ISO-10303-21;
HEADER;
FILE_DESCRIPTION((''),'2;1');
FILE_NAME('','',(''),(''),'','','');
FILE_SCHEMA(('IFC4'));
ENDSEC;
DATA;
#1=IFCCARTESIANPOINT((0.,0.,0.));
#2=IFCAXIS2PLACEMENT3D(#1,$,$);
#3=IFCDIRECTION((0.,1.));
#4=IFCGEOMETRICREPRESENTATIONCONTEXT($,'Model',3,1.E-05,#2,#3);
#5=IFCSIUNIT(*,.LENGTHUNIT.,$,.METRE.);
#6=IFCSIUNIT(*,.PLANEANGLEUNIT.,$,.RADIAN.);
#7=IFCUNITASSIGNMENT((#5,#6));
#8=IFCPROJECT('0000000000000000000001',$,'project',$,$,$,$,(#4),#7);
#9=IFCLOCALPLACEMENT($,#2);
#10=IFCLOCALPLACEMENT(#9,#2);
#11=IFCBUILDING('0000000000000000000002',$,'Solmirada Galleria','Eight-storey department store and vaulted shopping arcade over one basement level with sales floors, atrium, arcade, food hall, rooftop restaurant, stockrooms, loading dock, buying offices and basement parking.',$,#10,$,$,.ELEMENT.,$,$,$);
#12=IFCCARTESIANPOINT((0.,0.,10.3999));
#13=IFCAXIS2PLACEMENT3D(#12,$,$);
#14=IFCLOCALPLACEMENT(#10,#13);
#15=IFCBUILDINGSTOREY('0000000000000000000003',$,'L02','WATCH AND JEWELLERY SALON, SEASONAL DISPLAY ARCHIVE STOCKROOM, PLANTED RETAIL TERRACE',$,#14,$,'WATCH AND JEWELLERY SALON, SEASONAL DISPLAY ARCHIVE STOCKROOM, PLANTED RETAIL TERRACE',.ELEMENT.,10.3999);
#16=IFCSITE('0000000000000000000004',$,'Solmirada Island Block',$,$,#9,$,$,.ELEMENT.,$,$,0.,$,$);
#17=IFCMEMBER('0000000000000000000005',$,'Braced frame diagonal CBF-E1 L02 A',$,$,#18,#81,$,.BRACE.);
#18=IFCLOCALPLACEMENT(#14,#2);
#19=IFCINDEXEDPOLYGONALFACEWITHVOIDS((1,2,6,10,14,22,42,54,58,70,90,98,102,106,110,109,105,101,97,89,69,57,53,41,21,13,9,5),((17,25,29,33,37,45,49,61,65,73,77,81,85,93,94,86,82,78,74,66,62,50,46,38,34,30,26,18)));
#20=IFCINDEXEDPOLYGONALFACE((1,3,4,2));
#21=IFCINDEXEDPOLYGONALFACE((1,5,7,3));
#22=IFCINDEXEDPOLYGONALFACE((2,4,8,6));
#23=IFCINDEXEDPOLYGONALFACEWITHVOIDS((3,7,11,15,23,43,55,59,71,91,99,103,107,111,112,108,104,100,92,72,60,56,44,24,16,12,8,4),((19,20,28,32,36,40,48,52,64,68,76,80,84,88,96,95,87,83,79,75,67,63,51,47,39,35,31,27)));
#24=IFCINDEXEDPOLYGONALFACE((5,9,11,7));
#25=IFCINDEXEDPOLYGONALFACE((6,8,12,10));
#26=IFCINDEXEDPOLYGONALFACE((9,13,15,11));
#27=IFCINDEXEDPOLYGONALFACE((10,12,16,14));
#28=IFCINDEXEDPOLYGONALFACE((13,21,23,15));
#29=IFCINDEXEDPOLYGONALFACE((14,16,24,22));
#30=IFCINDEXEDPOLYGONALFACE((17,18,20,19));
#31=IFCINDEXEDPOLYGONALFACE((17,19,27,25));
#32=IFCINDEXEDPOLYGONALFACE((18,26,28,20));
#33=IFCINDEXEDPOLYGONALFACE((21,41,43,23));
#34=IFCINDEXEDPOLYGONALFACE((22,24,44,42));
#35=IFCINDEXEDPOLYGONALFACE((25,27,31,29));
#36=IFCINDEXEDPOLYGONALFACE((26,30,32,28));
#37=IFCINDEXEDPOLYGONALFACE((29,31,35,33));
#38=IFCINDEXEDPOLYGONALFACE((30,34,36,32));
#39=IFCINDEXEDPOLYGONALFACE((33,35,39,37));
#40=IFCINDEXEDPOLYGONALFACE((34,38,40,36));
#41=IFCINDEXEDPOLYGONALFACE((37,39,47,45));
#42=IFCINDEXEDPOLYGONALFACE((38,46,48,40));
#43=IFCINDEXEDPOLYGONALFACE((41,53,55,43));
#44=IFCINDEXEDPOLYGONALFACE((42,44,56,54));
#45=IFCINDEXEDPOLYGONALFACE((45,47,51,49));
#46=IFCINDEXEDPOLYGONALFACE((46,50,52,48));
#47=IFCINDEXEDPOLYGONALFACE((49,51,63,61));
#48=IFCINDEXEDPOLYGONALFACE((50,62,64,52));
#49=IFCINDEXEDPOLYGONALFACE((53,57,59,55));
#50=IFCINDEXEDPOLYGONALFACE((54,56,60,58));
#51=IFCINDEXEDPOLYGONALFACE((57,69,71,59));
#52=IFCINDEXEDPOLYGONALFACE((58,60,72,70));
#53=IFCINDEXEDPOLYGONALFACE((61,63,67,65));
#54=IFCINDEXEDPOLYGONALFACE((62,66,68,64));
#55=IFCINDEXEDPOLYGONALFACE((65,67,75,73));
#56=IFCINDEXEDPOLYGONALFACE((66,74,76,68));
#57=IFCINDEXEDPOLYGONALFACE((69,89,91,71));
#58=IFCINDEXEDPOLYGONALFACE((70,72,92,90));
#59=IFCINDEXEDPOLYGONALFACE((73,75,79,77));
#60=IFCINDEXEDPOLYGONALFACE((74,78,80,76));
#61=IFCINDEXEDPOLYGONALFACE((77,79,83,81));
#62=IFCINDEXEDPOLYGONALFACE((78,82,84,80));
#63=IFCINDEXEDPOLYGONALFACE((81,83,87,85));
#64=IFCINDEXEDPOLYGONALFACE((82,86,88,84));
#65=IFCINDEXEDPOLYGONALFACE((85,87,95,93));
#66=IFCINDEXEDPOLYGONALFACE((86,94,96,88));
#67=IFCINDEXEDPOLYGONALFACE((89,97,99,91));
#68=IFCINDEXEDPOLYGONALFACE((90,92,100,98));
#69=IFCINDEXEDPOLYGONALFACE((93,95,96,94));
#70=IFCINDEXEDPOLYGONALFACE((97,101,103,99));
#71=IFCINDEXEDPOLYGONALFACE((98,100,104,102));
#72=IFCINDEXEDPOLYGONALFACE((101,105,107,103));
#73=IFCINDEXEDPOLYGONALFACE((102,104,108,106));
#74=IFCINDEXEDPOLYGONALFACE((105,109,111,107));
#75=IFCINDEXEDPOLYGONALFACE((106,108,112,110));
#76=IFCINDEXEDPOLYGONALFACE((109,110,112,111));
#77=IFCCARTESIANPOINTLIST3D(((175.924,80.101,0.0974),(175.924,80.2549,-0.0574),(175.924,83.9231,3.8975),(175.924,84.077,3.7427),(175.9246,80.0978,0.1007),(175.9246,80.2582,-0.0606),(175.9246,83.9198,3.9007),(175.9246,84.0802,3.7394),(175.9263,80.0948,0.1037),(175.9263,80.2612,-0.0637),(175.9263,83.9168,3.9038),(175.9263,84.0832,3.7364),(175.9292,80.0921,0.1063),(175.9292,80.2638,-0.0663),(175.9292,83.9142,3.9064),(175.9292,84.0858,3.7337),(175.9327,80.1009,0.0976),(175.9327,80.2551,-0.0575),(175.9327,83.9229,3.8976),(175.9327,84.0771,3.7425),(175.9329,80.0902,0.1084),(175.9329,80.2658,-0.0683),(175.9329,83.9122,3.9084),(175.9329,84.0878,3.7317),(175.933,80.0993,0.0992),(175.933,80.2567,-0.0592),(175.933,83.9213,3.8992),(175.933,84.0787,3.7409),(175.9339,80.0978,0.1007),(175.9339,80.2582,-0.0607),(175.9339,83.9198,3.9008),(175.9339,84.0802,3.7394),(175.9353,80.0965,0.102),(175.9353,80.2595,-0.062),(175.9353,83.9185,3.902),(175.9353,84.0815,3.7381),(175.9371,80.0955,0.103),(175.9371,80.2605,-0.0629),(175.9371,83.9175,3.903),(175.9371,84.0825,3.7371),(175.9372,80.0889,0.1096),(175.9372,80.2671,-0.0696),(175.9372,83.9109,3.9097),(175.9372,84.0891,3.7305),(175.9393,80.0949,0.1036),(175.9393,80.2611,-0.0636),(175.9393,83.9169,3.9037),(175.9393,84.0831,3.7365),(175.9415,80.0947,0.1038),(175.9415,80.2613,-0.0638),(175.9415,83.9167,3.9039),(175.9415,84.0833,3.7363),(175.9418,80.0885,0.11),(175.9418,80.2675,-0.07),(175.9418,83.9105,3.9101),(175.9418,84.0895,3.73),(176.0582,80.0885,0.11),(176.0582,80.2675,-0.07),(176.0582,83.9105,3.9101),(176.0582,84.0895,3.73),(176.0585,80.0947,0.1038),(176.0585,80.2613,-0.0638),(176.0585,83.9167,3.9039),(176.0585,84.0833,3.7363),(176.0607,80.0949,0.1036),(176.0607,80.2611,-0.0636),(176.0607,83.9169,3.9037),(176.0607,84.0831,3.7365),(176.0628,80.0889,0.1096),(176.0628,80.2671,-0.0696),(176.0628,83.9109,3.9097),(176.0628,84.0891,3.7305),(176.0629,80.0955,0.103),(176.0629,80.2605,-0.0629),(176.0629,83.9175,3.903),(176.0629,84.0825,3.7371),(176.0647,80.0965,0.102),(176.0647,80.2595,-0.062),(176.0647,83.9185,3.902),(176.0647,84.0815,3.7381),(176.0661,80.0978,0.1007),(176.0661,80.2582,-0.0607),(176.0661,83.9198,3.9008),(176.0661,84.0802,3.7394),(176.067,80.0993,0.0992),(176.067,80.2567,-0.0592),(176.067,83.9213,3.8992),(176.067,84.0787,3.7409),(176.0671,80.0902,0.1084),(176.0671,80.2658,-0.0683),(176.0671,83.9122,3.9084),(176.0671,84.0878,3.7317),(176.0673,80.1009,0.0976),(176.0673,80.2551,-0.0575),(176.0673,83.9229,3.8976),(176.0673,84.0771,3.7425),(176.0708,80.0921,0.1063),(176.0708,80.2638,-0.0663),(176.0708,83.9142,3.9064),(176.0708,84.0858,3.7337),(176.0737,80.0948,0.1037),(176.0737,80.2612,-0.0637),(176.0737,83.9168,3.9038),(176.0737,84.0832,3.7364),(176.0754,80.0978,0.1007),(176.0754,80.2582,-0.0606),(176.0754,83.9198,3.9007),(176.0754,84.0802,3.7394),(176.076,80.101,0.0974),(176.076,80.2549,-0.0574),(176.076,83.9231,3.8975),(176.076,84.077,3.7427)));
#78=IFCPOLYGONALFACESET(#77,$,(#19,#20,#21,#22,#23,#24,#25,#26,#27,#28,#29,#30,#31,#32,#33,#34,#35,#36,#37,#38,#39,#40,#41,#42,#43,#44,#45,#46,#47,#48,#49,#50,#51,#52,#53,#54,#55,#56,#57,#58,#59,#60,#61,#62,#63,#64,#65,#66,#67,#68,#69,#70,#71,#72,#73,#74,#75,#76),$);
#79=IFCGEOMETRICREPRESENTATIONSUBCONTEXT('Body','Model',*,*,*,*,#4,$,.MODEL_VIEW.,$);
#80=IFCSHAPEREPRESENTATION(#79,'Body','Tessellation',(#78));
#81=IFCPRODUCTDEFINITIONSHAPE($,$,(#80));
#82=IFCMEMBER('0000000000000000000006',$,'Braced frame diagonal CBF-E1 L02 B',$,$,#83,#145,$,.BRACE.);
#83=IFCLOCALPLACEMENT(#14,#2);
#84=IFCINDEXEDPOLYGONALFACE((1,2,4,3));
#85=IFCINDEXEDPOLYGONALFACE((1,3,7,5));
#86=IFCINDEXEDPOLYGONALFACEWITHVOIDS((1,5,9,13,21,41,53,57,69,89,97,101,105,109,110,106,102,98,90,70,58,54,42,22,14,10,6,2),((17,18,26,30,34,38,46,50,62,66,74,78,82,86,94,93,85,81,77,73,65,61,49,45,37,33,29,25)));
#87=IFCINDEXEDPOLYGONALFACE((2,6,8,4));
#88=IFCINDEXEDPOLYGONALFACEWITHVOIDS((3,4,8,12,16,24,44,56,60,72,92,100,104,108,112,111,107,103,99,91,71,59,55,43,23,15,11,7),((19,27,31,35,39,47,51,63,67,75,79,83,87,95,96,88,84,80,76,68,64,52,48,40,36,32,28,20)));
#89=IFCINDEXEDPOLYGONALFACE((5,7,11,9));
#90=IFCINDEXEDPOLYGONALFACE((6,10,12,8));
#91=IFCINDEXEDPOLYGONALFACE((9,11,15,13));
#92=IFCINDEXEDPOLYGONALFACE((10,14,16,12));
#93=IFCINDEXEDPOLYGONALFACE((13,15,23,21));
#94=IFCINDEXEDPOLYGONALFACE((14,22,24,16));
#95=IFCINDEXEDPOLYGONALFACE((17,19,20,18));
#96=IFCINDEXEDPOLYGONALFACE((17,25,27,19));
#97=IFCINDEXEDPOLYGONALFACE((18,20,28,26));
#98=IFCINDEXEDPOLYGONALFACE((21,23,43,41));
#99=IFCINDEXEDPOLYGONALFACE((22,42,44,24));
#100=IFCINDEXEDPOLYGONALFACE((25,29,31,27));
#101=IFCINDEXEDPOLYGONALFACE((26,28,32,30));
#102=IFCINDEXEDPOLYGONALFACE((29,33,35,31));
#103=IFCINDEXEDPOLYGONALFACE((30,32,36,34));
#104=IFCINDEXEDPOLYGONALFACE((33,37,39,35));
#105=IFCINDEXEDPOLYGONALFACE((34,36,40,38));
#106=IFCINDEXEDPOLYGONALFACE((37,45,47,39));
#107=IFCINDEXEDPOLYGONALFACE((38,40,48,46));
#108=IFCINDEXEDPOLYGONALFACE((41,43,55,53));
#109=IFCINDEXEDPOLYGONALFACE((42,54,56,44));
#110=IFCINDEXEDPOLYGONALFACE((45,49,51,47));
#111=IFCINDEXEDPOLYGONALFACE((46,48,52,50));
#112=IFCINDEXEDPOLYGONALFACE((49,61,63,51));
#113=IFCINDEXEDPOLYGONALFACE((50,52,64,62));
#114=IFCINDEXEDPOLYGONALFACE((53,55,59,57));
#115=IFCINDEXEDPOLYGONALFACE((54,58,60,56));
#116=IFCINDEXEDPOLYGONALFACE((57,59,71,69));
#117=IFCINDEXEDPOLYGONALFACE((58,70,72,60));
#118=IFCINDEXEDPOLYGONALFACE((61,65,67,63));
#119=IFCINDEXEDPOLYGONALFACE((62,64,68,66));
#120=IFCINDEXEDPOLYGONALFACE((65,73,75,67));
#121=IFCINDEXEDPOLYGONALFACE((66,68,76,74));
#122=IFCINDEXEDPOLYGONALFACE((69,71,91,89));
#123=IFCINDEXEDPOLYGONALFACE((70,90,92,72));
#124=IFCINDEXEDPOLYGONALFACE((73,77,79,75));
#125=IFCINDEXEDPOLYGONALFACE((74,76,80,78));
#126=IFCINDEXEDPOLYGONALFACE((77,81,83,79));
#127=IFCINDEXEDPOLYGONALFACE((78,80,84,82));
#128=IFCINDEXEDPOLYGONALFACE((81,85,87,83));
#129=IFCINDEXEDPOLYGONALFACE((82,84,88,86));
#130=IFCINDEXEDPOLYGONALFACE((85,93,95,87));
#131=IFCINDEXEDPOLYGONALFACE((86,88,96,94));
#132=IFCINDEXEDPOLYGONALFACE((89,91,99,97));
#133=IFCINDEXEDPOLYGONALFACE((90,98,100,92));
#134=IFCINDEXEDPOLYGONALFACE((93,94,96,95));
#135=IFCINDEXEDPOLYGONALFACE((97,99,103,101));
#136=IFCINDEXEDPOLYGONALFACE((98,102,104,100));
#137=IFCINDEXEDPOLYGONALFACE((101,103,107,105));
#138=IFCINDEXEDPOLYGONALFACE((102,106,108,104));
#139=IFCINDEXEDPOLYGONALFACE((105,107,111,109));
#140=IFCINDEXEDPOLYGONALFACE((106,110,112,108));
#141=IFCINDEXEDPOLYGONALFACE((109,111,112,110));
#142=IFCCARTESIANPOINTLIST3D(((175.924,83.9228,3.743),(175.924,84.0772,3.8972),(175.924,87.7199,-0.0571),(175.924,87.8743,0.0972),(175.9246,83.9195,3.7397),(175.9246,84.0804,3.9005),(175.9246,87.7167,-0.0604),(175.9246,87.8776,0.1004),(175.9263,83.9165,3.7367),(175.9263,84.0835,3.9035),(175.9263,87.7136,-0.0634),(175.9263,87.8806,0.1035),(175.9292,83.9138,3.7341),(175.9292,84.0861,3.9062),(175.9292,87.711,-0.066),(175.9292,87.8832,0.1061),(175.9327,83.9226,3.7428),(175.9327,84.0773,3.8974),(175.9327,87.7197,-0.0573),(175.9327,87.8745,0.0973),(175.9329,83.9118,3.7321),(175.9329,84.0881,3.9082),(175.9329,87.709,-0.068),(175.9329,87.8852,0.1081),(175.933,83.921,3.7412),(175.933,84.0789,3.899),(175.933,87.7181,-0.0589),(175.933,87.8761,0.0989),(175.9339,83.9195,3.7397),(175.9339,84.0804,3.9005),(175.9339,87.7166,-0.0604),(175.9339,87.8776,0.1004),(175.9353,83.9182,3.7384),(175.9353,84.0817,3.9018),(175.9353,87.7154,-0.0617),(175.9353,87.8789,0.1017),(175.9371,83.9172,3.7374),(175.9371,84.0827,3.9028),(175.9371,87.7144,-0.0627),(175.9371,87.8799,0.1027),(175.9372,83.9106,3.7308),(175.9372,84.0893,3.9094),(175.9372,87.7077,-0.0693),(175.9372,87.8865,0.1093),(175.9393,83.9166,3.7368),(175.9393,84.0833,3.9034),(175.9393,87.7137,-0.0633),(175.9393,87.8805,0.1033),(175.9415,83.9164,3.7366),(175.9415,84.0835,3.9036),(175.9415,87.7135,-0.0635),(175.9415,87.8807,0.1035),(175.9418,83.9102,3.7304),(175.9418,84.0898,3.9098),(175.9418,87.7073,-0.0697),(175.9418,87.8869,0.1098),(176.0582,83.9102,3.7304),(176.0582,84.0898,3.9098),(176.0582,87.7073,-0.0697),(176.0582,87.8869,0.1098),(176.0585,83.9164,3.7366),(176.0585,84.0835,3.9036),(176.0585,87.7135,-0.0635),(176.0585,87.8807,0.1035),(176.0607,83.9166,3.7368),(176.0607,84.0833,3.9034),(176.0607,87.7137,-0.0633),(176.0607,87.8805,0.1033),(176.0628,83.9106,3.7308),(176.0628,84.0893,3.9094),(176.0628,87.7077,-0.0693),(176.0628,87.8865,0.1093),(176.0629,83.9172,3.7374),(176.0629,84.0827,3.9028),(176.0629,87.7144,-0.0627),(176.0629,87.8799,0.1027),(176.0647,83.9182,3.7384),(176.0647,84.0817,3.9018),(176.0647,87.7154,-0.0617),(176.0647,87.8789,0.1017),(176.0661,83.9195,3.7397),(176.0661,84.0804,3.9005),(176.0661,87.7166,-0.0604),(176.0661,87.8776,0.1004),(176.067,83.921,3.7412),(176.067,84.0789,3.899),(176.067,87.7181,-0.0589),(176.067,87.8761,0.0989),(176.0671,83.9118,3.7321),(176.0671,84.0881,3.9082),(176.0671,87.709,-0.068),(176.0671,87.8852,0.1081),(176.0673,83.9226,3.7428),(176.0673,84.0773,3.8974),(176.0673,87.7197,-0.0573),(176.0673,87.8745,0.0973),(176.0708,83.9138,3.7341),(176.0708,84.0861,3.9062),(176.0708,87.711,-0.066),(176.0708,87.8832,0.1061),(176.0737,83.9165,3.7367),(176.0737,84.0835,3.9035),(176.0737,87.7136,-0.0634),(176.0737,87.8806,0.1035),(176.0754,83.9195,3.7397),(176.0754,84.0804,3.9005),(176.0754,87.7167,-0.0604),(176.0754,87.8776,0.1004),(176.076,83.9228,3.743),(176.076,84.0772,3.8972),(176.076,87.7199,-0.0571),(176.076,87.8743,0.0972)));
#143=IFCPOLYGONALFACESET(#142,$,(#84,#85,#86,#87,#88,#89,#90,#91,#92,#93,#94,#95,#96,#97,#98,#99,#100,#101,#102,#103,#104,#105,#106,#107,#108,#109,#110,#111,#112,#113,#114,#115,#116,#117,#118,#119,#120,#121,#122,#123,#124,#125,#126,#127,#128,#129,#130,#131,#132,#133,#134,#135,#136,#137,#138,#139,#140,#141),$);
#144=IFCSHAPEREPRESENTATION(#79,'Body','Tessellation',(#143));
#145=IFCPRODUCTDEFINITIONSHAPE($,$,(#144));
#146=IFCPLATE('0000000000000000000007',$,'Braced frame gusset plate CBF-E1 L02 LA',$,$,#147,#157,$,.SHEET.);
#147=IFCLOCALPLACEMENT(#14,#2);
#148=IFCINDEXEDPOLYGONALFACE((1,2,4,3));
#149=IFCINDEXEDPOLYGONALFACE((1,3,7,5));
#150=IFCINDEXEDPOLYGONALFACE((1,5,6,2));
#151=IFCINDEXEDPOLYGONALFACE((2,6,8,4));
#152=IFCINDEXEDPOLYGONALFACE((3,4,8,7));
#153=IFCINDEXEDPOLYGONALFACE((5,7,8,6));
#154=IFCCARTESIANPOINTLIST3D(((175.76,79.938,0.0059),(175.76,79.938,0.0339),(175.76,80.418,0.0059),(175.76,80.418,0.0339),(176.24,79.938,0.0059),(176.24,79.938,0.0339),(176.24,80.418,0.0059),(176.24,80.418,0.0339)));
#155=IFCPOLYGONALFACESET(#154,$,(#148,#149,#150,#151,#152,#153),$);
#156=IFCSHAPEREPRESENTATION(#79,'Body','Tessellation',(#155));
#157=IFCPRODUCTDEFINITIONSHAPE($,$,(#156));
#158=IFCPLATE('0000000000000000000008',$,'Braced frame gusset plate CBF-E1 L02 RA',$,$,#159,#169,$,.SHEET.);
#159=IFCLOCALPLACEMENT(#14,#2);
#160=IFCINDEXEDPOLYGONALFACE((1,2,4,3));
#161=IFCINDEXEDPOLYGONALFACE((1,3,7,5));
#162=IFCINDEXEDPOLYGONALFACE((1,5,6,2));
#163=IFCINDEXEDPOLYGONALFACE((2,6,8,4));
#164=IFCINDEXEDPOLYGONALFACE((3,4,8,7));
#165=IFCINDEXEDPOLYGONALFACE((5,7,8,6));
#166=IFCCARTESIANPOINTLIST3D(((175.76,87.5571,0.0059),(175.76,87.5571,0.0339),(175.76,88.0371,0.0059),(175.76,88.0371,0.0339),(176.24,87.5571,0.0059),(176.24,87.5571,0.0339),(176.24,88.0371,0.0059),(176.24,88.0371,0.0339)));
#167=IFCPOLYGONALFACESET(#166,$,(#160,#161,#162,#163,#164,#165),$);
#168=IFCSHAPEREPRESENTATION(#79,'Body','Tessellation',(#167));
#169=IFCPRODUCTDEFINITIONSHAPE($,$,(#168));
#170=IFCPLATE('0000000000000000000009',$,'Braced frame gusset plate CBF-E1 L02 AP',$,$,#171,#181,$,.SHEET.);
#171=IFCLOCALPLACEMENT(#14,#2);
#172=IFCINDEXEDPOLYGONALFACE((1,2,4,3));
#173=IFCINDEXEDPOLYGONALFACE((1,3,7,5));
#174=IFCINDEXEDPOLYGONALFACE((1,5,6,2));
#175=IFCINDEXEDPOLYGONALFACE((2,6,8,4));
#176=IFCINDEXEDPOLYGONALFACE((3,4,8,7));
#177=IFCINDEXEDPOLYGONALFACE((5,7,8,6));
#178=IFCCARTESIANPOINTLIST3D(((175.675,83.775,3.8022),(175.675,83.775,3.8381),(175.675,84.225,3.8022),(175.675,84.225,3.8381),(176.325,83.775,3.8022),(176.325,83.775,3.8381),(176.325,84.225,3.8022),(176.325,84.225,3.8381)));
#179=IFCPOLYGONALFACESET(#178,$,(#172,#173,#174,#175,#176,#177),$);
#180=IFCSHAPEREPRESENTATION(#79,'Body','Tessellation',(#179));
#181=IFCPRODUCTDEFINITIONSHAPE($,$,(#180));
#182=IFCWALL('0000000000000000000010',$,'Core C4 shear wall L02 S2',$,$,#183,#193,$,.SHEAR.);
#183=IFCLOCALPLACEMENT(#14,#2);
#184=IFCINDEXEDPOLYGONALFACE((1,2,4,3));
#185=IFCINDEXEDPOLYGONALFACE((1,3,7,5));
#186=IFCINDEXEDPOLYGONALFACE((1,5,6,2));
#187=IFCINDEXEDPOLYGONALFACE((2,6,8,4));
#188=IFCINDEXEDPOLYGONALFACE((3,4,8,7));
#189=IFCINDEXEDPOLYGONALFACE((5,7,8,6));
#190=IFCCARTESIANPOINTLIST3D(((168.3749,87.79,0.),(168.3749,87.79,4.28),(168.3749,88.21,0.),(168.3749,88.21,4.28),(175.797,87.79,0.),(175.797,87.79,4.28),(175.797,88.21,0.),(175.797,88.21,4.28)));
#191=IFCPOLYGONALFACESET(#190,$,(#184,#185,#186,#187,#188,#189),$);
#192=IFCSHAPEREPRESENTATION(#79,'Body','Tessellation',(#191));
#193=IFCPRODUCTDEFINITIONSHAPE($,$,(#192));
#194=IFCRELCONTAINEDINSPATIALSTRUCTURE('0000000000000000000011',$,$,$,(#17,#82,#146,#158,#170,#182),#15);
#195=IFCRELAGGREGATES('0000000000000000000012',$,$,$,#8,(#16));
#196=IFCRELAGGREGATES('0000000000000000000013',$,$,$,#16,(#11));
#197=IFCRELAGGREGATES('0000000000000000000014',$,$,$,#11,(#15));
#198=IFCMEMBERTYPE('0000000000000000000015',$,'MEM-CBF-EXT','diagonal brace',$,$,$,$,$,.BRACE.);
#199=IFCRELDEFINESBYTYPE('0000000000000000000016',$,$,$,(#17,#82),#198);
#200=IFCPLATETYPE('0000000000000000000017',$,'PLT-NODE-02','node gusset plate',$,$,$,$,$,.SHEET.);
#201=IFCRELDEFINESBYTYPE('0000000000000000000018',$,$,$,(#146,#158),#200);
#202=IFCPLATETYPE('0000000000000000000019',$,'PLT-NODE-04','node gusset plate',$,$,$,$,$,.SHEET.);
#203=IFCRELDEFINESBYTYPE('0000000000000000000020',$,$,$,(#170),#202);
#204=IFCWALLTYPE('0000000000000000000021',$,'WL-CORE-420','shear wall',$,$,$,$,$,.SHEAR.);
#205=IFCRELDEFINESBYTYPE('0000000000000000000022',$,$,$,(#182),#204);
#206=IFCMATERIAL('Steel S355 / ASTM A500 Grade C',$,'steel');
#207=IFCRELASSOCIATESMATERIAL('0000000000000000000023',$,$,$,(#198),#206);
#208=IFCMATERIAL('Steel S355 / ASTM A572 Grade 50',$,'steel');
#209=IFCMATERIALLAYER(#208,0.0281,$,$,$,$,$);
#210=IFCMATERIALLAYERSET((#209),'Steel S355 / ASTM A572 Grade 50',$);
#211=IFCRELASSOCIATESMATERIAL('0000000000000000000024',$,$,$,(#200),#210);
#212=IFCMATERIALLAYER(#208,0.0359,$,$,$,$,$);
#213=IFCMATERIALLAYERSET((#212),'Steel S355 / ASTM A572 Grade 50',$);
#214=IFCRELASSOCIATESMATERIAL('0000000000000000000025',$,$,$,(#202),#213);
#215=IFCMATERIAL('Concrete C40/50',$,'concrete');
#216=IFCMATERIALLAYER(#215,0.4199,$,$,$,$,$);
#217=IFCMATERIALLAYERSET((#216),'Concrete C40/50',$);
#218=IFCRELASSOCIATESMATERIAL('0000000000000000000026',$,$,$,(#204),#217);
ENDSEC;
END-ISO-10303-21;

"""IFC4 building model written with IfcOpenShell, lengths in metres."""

from ifc_helpers import new_model, si_unit, direction, frame, frame_2d, origin, origin_2d, place, context, subcontext, project, spatial, rectangle, hollow_rectangle, extrude, material, layer, layer_set, material_profile, profile_set, type_object, element, save


model = new_model("IFC4")

# Units and contexts
model_context = context("Model", 3, precision=1e-05, world=origin(), true_north=direction((0.0, 1.0)))
body_context = subcontext(model_context, "Body", "Model", "MODEL_VIEW")
ifc_project = project(units=[si_unit("LENGTHUNIT", "METRE"), si_unit("PLANEANGLEUNIT", "RADIAN")], contexts=[model_context])

# Site, building, storey
site_placement = place(None, origin())
site = spatial("IfcSite", under=ifc_project, at=site_placement, Name="Solmirada Island Block", CompositionType="ELEMENT", RefElevation=0.0)
building_placement = place(site_placement, origin())
building = spatial("IfcBuilding", under=site, at=building_placement, Name="Solmirada Galleria", Description="Eight-storey department store and vaulted shopping arcade over one basement level with sales floors, atrium, arcade, food hall, rooftop restaurant, stockrooms, loading dock, buying offices and basement parking.", CompositionType="ELEMENT")
storey_placement = place(building_placement, frame((0.0, 0.0, 10.3999)))
storey = spatial("IfcBuildingStorey", under=building, at=storey_placement, Name="L02", Description="WATCH AND JEWELLERY SALON, SEASONAL DISPLAY ARCHIVE STOCKROOM, PLANTED RETAIL TERRACE", LongName="WATCH AND JEWELLERY SALON, SEASONAL DISPLAY ARCHIVE STOCKROOM, PLANTED RETAIL TERRACE", CompositionType="ELEMENT", Elevation=10.3999)

# Shared definitions
ifc_material_1 = material(Name="Steel S355 / ASTM A500 Grade C", Category="steel")

# Members
ifc_material_profile_1 = material_profile(ifc_material_1, hollow_rectangle(XDim=0.1521, YDim=0.2539, WallThickness=0.0088, InnerFilletRadius=0.0088, OuterFilletRadius=0.0178, at=origin_2d()), Name="HSS10X6X3/8")
ifc_profile_set_1 = profile_set([ifc_material_profile_1], Name="Steel S355 / ASTM A500 Grade C")
member_type = type_object("IfcMemberType", Name="MEM-CBF-EXT", Description="diagonal brace", PredefinedType="BRACE", material=ifc_profile_set_1)
member_1_placement = place(storey_placement, frame((176.0, 80.178, 0.02), z_axis=(0.0, 0.709142, 0.705065), x_axis=(-1.0, 0.0, 0.0)))
element("IfcMember", 1, at=member_1_placement, inside=storey, type_object=member_type, Name="Braced frame diagonal CBF-E1 L02 A", PredefinedType="BRACE", context=body_context, shape_type="SweptSolid", body=[
    extrude(hollow_rectangle(XDim=0.1521, YDim=0.2539, WallThickness=0.0088, InnerFilletRadius=0.0088, OuterFilletRadius=0.0178, at=origin_2d()), origin(), (0.0, 0.0, 1.0), 5.3896),
])
member_2_placement = place(storey_placement, frame((176.0, 87.7971, 0.02), z_axis=(0.0, -0.706834, 0.707379), x_axis=(1.0, 0.0, 0.0)))
element("IfcMember", 2, at=member_2_placement, inside=storey, type_object=member_type, Name="Braced frame diagonal CBF-E1 L02 B", PredefinedType="BRACE", context=body_context, shape_type="SweptSolid", body=[
    extrude(hollow_rectangle(XDim=0.1521, YDim=0.2539, WallThickness=0.0088, InnerFilletRadius=0.0088, OuterFilletRadius=0.0178, at=origin_2d()), origin(), (0.0, 0.0, 1.0), 5.3721),
])

# Plates
ifc_material_2 = material(Name="Steel S355 / ASTM A572 Grade 50", Category="steel")
ifc_layer_1 = layer(ifc_material_2, 0.0281)
ifc_layer_set_1 = layer_set([ifc_layer_1], Name="Steel S355 / ASTM A572 Grade 50")
plate_type_1 = type_object("IfcPlateType", Name="PLT-NODE-02", Description="node gusset plate", PredefinedType="SHEET", material=ifc_layer_set_1)
for number, where, z_axis, x_axis, name in (
    (3, (176.0, 80.178, 0.0059), (0.0, 0.0, 1.0), (1.0, 0.0, 0.0), "Braced frame gusset plate CBF-E1 L02 LA"),
    (4, (176.0, 87.7971, 0.0059), (0.0, 0.0, 1.0), (1.0, 0.0, 0.0), "Braced frame gusset plate CBF-E1 L02 RA"),
):
    element("IfcPlate", number, at=place(storey_placement, frame(where, z_axis=z_axis, x_axis=x_axis)), inside=storey, type_object=plate_type_1, Name=name, PredefinedType="SHEET", context=body_context, shape_type="SweptSolid", body=[
        extrude(rectangle(XDim=0.48, YDim=0.48, at=origin_2d()), origin(), (0.0, 0.0, 1.0), 0.0281),
    ])
ifc_layer_2 = layer(ifc_material_2, 0.0359)
ifc_layer_set_2 = layer_set([ifc_layer_2], Name="Steel S355 / ASTM A572 Grade 50")
plate_type_2 = type_object("IfcPlateType", Name="PLT-NODE-04", Description="node gusset plate", PredefinedType="SHEET", material=ifc_layer_set_2)
plate_placement = place(storey_placement, frame((176.0, 84.0, 3.8022), z_axis=(0.0, 0.0, 1.0), x_axis=(1.0, 0.0, 0.0)))
element("IfcPlate", 5, at=plate_placement, inside=storey, type_object=plate_type_2, Name="Braced frame gusset plate CBF-E1 L02 AP", PredefinedType="SHEET", context=body_context, shape_type="SweptSolid", body=[
    extrude(rectangle(XDim=0.6499, YDim=0.45, at=origin_2d()), origin(), (0.0, 0.0, 1.0), 0.0359),
])

# Wall
ifc_material_3 = material(Name="Concrete C40/50", Category="concrete")
ifc_layer_3 = layer(ifc_material_3, 0.4199)
ifc_layer_set_3 = layer_set([ifc_layer_3], Name="Concrete C40/50")
wall_type_1 = type_object("IfcWallType", Name="WL-CORE-420", Description="shear wall", PredefinedType="SHEAR", material=ifc_layer_set_3)
wall_1_placement = place(storey_placement, frame((168.375, 88.0, 0.0), z_axis=(0.0, 0.0, 1.0), x_axis=(1.0, 0.0, 0.0)))
element("IfcWall", 6, at=wall_1_placement, inside=storey, type_object=wall_type_1, Name="Core C4 shear wall L02 S2", PredefinedType="SHEAR", context=body_context, shape_type="SweptSolid", body=[
    extrude(rectangle(XDim=7.4221, YDim=0.4199, at=frame_2d((3.7109, 0.0))), origin(), (0.0, 0.0, 1.0), 4.28),
])

save(model, "model.ifc")
